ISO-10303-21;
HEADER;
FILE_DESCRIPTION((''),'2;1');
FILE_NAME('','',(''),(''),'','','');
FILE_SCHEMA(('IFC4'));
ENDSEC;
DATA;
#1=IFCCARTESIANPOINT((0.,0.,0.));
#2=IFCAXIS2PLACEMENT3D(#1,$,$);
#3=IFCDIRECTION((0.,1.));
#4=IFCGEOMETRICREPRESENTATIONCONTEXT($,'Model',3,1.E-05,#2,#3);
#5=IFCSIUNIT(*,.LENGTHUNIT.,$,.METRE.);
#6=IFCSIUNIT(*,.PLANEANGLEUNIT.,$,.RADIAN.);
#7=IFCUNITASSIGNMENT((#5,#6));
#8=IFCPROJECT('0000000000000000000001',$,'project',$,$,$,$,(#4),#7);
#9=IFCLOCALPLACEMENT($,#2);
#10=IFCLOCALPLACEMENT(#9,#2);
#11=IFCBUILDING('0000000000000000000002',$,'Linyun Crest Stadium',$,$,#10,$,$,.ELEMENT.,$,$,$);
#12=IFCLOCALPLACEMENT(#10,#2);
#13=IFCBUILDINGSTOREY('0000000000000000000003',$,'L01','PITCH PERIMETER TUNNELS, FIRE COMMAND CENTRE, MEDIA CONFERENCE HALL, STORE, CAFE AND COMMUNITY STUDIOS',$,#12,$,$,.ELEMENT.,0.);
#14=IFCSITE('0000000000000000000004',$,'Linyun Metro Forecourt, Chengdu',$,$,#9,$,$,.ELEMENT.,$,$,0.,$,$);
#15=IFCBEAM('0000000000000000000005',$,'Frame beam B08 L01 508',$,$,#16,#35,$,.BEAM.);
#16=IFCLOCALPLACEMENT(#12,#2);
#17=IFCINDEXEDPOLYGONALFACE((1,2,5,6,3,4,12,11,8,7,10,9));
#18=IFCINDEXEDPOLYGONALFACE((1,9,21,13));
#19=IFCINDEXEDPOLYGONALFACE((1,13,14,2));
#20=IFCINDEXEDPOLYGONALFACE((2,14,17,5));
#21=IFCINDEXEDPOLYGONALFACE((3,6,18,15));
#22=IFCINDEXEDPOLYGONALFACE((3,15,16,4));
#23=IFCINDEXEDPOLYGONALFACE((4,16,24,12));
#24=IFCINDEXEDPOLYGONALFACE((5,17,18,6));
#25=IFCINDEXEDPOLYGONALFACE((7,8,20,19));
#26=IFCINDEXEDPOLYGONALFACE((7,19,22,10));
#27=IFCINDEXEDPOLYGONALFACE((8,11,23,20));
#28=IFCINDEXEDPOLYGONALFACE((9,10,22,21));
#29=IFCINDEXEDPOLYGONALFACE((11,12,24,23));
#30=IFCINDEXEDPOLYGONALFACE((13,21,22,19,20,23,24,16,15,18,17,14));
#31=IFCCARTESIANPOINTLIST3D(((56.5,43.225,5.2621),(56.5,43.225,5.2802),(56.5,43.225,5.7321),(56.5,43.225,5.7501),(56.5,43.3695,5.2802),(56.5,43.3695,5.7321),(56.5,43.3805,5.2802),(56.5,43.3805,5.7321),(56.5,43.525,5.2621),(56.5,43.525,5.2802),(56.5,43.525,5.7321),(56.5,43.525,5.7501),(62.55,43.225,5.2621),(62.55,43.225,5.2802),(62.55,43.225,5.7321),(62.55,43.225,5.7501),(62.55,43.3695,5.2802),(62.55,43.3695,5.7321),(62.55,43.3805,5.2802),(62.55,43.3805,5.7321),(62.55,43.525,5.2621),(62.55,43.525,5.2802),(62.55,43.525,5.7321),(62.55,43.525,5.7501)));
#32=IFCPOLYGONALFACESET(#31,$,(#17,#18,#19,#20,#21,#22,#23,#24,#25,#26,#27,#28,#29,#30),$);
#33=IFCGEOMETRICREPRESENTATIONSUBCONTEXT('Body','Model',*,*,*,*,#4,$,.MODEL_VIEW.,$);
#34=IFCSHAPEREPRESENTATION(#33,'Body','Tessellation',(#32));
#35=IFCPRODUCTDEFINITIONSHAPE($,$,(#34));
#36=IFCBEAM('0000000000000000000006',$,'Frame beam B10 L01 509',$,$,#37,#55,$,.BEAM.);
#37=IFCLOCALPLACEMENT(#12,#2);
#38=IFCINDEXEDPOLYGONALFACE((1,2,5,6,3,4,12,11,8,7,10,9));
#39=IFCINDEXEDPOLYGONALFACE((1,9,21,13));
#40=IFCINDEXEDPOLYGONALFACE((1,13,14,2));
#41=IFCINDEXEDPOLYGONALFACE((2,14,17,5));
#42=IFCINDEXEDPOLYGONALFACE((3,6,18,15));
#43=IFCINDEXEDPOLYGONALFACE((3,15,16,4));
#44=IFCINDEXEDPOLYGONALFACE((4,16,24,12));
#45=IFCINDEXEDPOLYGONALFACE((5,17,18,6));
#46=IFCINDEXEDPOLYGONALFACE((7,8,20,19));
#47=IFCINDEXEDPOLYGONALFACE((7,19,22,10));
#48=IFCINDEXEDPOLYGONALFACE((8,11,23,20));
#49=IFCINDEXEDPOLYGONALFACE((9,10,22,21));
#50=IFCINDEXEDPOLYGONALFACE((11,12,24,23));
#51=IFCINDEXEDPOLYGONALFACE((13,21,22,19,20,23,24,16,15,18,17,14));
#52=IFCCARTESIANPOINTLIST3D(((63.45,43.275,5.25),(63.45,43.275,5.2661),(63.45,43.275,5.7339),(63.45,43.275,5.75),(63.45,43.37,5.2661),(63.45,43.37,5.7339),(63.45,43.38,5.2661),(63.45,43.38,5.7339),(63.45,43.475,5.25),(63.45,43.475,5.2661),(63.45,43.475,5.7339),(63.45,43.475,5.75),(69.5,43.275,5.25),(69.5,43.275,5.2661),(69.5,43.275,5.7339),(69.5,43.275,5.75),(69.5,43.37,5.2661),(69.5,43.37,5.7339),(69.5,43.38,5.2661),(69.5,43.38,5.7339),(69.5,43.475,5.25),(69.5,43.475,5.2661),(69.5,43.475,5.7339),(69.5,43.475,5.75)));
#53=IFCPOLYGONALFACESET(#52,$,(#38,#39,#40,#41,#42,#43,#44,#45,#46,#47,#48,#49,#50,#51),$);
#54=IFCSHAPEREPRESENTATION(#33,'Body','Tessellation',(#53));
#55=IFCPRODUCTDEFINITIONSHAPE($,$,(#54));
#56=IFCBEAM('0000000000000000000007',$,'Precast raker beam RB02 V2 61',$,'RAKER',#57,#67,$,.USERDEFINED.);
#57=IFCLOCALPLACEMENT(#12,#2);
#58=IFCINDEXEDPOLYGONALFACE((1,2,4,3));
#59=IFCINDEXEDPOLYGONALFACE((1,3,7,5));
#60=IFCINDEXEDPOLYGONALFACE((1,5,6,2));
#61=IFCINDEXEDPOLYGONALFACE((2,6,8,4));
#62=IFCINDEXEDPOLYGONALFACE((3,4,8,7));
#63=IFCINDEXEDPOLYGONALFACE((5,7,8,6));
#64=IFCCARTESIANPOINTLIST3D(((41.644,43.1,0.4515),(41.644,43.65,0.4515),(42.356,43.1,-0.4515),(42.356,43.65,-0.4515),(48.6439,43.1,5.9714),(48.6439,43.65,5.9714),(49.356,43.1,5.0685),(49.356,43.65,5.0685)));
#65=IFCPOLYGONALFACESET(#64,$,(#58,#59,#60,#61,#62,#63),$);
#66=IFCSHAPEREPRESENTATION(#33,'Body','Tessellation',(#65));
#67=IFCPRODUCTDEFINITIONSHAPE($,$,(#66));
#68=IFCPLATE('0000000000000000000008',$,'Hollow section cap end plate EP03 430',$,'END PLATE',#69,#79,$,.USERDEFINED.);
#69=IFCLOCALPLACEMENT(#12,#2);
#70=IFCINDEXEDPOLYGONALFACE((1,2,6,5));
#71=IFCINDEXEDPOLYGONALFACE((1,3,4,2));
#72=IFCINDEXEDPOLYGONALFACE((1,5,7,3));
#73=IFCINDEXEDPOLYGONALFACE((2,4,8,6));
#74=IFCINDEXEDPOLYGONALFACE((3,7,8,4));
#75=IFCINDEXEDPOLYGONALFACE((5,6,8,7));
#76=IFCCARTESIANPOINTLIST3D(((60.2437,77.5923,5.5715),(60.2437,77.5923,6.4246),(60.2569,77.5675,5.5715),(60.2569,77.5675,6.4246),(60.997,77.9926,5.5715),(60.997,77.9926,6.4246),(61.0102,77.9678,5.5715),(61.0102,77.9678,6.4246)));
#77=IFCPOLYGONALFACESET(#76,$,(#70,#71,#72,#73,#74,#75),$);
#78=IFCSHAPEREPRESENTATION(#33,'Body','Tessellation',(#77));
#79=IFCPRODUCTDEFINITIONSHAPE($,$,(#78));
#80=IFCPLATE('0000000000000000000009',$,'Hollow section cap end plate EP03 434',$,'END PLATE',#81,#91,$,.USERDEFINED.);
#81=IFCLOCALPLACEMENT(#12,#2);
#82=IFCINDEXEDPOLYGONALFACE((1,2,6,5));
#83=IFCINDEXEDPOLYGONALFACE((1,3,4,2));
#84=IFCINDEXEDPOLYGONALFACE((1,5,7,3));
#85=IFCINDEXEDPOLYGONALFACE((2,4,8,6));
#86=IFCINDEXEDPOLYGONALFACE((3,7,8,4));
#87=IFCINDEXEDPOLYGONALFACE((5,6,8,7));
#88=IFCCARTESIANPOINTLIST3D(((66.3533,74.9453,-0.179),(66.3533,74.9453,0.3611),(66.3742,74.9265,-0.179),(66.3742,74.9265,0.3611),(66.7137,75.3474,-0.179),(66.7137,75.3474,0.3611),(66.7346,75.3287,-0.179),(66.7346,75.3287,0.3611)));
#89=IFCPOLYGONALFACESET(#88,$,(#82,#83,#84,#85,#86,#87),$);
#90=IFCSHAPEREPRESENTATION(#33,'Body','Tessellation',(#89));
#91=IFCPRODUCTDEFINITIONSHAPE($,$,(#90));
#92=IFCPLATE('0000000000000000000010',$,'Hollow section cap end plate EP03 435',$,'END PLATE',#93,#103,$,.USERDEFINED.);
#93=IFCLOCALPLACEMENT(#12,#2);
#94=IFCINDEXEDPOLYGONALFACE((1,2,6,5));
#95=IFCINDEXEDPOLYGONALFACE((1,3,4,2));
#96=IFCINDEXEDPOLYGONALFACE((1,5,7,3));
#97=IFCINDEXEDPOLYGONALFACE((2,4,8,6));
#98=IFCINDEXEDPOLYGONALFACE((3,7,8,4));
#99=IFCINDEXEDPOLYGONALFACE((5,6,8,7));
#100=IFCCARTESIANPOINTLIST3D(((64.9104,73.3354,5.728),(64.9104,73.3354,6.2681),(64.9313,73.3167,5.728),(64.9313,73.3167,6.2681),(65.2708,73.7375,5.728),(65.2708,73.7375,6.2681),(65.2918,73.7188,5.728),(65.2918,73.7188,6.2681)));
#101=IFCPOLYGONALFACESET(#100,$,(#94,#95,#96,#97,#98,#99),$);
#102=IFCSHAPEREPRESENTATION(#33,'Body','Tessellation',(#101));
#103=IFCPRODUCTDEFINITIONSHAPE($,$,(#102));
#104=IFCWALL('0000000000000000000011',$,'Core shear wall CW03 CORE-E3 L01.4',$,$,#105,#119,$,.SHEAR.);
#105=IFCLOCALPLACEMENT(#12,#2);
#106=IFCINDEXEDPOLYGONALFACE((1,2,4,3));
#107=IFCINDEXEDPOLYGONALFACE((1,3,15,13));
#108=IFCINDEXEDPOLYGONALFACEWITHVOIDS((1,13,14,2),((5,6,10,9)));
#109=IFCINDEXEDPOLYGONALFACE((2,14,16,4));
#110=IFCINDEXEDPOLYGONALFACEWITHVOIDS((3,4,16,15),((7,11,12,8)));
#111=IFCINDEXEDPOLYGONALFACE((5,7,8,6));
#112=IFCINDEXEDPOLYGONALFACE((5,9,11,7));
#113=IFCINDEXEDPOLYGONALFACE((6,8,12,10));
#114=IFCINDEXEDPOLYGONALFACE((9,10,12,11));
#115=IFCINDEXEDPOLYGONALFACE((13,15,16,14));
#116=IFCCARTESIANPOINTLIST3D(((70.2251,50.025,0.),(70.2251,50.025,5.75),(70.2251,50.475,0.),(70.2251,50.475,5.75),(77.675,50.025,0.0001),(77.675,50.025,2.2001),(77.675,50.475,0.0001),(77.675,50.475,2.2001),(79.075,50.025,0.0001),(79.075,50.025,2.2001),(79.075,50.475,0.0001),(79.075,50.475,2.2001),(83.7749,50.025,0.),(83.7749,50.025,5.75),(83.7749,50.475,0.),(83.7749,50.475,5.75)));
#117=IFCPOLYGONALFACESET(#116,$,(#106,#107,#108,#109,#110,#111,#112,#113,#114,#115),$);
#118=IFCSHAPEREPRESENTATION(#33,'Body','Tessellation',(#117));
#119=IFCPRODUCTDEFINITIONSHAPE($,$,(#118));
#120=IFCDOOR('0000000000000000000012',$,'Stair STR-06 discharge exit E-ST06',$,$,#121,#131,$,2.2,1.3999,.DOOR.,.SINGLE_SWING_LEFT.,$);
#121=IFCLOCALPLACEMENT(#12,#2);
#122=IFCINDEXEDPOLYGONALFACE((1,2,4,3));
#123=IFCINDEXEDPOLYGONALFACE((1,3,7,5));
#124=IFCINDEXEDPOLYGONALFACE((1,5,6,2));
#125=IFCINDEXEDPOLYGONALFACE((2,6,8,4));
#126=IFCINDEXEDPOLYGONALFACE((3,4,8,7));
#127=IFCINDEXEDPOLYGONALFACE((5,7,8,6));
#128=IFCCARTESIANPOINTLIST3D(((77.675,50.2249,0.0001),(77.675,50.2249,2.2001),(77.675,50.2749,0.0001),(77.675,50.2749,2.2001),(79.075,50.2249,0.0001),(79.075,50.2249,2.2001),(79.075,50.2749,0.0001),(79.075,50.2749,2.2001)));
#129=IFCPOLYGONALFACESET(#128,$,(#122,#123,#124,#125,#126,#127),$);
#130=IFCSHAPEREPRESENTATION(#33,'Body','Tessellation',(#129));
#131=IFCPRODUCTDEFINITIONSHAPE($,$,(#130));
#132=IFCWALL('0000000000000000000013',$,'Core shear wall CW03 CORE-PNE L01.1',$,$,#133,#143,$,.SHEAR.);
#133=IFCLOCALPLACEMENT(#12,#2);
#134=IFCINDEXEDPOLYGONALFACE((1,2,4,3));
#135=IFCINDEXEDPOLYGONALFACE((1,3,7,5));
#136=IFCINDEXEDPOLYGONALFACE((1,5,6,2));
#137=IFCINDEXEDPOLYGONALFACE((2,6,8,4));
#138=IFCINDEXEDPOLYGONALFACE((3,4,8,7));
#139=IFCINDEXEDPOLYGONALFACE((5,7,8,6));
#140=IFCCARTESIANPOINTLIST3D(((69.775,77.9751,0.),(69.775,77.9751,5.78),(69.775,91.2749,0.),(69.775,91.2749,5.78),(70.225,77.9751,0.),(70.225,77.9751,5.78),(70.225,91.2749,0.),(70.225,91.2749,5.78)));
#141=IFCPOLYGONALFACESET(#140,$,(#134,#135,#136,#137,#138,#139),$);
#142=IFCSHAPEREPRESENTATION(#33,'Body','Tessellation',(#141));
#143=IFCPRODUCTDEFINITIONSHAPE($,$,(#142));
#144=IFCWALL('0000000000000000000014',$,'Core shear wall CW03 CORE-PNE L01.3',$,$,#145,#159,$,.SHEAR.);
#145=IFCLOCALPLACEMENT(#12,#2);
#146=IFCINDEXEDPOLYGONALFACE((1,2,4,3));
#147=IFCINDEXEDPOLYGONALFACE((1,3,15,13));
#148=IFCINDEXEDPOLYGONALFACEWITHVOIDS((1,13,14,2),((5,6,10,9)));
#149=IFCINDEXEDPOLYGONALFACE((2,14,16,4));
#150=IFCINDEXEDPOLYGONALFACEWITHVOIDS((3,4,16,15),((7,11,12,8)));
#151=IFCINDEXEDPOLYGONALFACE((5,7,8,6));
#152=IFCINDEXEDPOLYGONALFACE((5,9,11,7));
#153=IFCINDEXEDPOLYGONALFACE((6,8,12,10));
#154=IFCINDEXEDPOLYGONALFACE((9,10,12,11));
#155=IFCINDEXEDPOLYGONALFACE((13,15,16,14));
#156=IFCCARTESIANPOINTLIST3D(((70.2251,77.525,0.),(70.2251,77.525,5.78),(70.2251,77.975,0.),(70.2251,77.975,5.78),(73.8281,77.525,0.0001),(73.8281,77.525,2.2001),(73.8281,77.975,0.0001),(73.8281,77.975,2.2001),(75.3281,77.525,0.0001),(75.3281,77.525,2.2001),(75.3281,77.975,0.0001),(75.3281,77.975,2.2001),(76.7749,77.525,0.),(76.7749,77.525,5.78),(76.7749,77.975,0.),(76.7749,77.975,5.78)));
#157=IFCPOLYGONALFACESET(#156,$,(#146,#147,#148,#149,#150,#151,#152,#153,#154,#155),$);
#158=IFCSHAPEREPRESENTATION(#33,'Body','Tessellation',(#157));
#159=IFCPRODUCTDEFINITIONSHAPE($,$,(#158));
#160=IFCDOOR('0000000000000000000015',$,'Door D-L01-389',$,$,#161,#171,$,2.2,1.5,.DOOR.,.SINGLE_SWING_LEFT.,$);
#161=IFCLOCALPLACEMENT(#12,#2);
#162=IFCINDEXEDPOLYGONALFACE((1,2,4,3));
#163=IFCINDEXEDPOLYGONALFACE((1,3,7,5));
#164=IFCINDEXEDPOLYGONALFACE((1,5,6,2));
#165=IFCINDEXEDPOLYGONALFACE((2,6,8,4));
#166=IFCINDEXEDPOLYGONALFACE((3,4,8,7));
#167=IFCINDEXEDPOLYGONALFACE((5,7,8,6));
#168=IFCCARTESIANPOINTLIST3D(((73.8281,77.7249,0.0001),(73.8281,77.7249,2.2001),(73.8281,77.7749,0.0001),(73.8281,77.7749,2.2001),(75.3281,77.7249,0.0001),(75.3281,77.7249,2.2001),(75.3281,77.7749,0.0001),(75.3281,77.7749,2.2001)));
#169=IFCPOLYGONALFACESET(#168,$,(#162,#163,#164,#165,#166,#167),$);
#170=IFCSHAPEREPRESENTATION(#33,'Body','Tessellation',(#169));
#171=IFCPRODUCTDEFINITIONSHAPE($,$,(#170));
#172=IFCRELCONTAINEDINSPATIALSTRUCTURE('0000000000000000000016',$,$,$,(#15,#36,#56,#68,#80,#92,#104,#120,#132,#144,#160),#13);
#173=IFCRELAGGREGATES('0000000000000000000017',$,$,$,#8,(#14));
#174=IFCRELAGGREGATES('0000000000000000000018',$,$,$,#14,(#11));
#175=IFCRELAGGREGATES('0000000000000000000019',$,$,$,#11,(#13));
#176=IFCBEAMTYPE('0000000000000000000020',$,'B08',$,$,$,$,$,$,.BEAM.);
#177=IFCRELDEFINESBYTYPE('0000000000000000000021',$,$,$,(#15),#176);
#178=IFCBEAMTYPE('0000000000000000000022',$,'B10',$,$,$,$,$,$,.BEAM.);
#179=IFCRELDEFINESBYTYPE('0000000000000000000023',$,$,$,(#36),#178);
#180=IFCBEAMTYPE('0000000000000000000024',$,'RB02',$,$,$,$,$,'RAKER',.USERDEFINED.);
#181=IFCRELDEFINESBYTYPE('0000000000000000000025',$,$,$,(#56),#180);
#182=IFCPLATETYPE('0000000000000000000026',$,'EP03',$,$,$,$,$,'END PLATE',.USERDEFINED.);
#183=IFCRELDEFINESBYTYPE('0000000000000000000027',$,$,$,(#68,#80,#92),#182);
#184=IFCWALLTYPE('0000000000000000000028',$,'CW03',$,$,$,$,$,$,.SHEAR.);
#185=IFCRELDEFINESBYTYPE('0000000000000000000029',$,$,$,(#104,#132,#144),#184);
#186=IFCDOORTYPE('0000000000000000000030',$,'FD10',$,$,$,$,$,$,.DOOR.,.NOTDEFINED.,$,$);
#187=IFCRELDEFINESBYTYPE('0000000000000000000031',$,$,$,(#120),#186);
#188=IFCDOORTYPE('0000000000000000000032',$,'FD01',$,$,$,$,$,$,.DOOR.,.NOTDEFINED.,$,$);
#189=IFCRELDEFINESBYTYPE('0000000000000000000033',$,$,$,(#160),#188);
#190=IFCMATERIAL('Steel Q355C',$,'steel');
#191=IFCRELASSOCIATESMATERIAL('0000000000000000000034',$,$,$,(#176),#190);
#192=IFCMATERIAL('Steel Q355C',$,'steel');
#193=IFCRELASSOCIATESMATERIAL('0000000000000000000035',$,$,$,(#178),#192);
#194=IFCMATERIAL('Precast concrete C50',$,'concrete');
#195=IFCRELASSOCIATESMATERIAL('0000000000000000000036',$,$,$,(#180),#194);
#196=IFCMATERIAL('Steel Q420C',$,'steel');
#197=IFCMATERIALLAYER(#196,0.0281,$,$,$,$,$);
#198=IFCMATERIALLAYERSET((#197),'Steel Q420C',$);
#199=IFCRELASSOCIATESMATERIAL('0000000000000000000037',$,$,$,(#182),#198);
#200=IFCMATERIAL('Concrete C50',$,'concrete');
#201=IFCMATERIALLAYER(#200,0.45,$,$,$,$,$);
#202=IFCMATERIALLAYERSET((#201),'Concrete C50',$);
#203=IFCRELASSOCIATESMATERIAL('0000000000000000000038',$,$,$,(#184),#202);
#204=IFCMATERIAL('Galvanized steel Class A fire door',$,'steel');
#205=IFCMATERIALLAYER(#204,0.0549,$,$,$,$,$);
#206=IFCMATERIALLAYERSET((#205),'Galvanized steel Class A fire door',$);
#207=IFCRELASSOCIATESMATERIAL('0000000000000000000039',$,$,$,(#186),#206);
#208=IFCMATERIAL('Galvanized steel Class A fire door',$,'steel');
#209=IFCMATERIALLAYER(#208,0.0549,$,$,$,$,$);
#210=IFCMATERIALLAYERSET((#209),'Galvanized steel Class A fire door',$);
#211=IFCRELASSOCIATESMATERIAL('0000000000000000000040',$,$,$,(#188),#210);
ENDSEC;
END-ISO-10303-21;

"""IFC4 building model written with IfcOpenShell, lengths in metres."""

from ifc_helpers import new_model, si_unit, direction, frame, frame_2d, origin, origin_2d, place, context, subcontext, project, spatial, rectangle, i_section, extrude, material, layer, layer_set, material_profile, profile_set, type_object, element, fill, save


model = new_model("IFC4")

# Units and contexts
model_context = context("Model", 3, precision=1e-05, world=origin(), true_north=direction((0.0, 1.0)))
body_context = subcontext(model_context, "Body", "Model", "MODEL_VIEW")
ifc_project = project(units=[si_unit("LENGTHUNIT", "METRE"), si_unit("PLANEANGLEUNIT", "RADIAN")], contexts=[model_context])

# Site, building, storey
site_placement = place(None, origin())
site = spatial("IfcSite", under=ifc_project, at=site_placement, Name="Linyun Metro Forecourt, Chengdu", CompositionType="ELEMENT", RefElevation=0.0)
building_placement = place(site_placement, origin())
building = spatial("IfcBuilding", under=site, at=building_placement, Name="Linyun Crest Stadium", CompositionType="ELEMENT")
storey_placement = place(building_placement, origin())
storey = spatial("IfcBuildingStorey", under=building, at=storey_placement, Name="L01", Description="PITCH PERIMETER TUNNELS, FIRE COMMAND CENTRE, MEDIA CONFERENCE HALL, STORE, CAFE AND COMMUNITY STUDIOS", CompositionType="ELEMENT", Elevation=0.0)

# Beams
ifc_material_1 = material(Name="Steel Q355C", Category="steel")
ifc_material_profile_1 = material_profile(ifc_material_1, i_section(OverallWidth=0.3, OverallDepth=0.488, WebThickness=0.011, FlangeThickness=0.0181, at=origin_2d()), Name="HM 488x300")
ifc_profile_set_1 = profile_set([ifc_material_profile_1], Name="Steel Q355C")
beam_type_1 = type_object("IfcBeamType", Name="B08", PredefinedType="BEAM", material=ifc_profile_set_1)
beam_1_placement = place(storey_placement, frame((56.5, 43.375, 5.5061), z_axis=(1.0, 0.0, 0.0), x_axis=(0.0, 1.0, 0.0)))
element("IfcBeam", 1, at=beam_1_placement, inside=storey, type_object=beam_type_1, Name="Frame beam B08 L01 508", PredefinedType="BEAM", context=body_context, shape_type="SweptSolid", body=[
    extrude(i_section(OverallWidth=0.3, OverallDepth=0.488, WebThickness=0.011, FlangeThickness=0.0181, at=origin_2d()), origin(), (0.0, 0.0, 1.0), 6.05),
])
ifc_material_2 = material(Name="Steel Q355C", Category="steel")
ifc_material_profile_2 = material_profile(ifc_material_2, i_section(OverallWidth=0.2, OverallDepth=0.5, WebThickness=0.01, FlangeThickness=0.0161, at=origin_2d()), Name="HN 500x200")
ifc_profile_set_2 = profile_set([ifc_material_profile_2], Name="Steel Q355C")
beam_type_2 = type_object("IfcBeamType", Name="B10", PredefinedType="BEAM", material=ifc_profile_set_2)
beam_2_placement = place(storey_placement, frame((63.45, 43.375, 5.5), z_axis=(1.0, 0.0, 0.0), x_axis=(0.0, 1.0, 0.0)))
element("IfcBeam", 2, at=beam_2_placement, inside=storey, type_object=beam_type_2, Name="Frame beam B10 L01 509", PredefinedType="BEAM", context=body_context, shape_type="SweptSolid", body=[
    extrude(i_section(OverallWidth=0.2, OverallDepth=0.5, WebThickness=0.01, FlangeThickness=0.0161, at=origin_2d()), origin(), (0.0, 0.0, 1.0), 6.05),
])
ifc_material_3 = material(Name="Precast concrete C50", Category="concrete")
ifc_material_profile_3 = material_profile(ifc_material_3, rectangle(XDim=0.55, YDim=1.1499, at=origin_2d()), Name="PCR 1150x550")
ifc_profile_set_3 = profile_set([ifc_material_profile_3], Name="Precast concrete C50")
beam_type_3 = type_object("IfcBeamType", Name="RB02", ElementType="RAKER", PredefinedType="USERDEFINED", material=ifc_profile_set_3)
beam_3_placement = place(storey_placement, frame((42.0, 43.375, 0.0), z_axis=(0.785226, 0.0, 0.619209), x_axis=(0.0, 1.0, 0.0)))
element("IfcBeam", 3, at=beam_3_placement, inside=storey, type_object=beam_type_3, Name="Precast raker beam RB02 V2 61", ObjectType="RAKER", PredefinedType="USERDEFINED", context=body_context, shape_type="SweptSolid", body=[
    extrude(rectangle(XDim=0.55, YDim=1.1499, at=origin_2d()), origin(), (0.0, 0.0, 1.0), 8.9146),
])

# Plates
ifc_material_4 = material(Name="Steel Q420C", Category="steel")
ifc_layer_1 = layer(ifc_material_4, 0.0281)
ifc_layer_set_1 = layer_set([ifc_layer_1], Name="Steel Q420C")
plate_type = type_object("IfcPlateType", Name="EP03", ElementType="END PLATE", PredefinedType="USERDEFINED", material=ifc_layer_set_1)
plate_placement = place(storey_placement, frame((60.627, 77.78, 5.5715), z_axis=(0.0, 0.0, 1.0), x_axis=(-0.88303, -0.469317, 0.0)))
element("IfcPlate", 4, at=plate_placement, inside=storey, type_object=plate_type, Name="Hollow section cap end plate EP03 430", ObjectType="END PLATE", PredefinedType="USERDEFINED", context=body_context, shape_type="SweptSolid", body=[
    extrude(rectangle(XDim=0.853, YDim=0.0281, at=origin_2d()), origin(), (0.0, 0.0, 1.0), 0.853),
])
for number, where, z_axis, x_axis, name in (
    (5, (66.5439, 75.137, -0.179), (0.0, 0.0, 1.0), (-0.667443, -0.744661, 0.0), "Hollow section cap end plate EP03 434"),
    (6, (65.1011, 73.5271, 5.728), (0.0, 0.0, 1.0), (-0.667443, -0.744661, 0.0), "Hollow section cap end plate EP03 435"),
):
    element("IfcPlate", number, at=place(storey_placement, frame(where, z_axis=z_axis, x_axis=x_axis)), inside=storey, type_object=plate_type, Name=name, ObjectType="END PLATE", PredefinedType="USERDEFINED", context=body_context, shape_type="SweptSolid", body=[
        extrude(rectangle(XDim=0.54, YDim=0.0281, at=origin_2d()), origin(), (0.0, 0.0, 1.0), 0.54),
    ])

# Wall, opening, door
ifc_material_5 = material(Name="Concrete C50", Category="concrete")
ifc_layer_2 = layer(ifc_material_5, 0.45)
ifc_layer_set_2 = layer_set([ifc_layer_2], Name="Concrete C50")
wall_type_1 = type_object("IfcWallType", Name="CW03", PredefinedType="SHEAR", material=ifc_layer_set_2)
wall_1_placement = place(storey_placement, frame((70.2251, 50.25, 0.0), z_axis=(0.0, 0.0, 1.0), x_axis=(1.0, 0.0, 0.0)))
wall_1 = element("IfcWall", 7, at=wall_1_placement, inside=storey, type_object=wall_type_1, Name="Core shear wall CW03 CORE-E3 L01.4", PredefinedType="SHEAR", context=body_context, shape_type="SweptSolid", body=[
    extrude(rectangle(XDim=13.5498, YDim=0.45, at=frame_2d((6.7749, 0.0))), origin(), (0.0, 0.0, 1.0), 5.75),
])
opening_1_placement = place(wall_1_placement, frame((7.45, 0.0, 0.0)))
opening_1 = element("IfcOpeningElement", 8, at=opening_1_placement, cuts=wall_1, PredefinedType="OPENING", context=body_context, shape_type="SweptSolid", body=[
    extrude(rectangle(XDim=1.3999, YDim=2.2, at=frame_2d((0.7, 1.1001))), frame((0.0, 0.2349, 0.0), z_axis=(0.0, -1.0, 0.0), x_axis=(1.0, 0.0, 0.0)), (0.0, 0.0, 1.0), 0.47),
])
ifc_material_6 = material(Name="Galvanized steel Class A fire door", Category="steel")
ifc_layer_3 = layer(ifc_material_6, 0.0549)
ifc_layer_set_3 = layer_set([ifc_layer_3], Name="Galvanized steel Class A fire door")
door_type_1 = type_object("IfcDoorType", Name="FD10", OperationType="NOTDEFINED", PredefinedType="DOOR", material=ifc_layer_set_3)
door_1_placement = place(opening_1_placement, origin())
door_1 = element("IfcDoor", 9, at=door_1_placement, inside=storey, type_object=door_type_1, Name="Stair STR-06 discharge exit E-ST06", OperationType="SINGLE_SWING_LEFT", OverallHeight=2.2, OverallWidth=1.3999, PredefinedType="DOOR", context=body_context, shape_type="SweptSolid", body=[
    extrude(rectangle(XDim=1.3999, YDim=2.2, at=frame_2d((0.7, 1.1001))), frame((0.0, 0.0249, 0.0), z_axis=(0.0, -1.0, 0.0), x_axis=(1.0, 0.0, 0.0)), (0.0, 0.0, 1.0), 0.05),
])
fill(opening_1, door_1)

# Wall
wall_2_placement = place(storey_placement, frame((70.0, 77.9751, 0.0), z_axis=(0.0, 0.0, 1.0), x_axis=(0.0, 1.0, 0.0)))
element("IfcWall", 10, at=wall_2_placement, inside=storey, type_object=wall_type_1, Name="Core shear wall CW03 CORE-PNE L01.1", PredefinedType="SHEAR", context=body_context, shape_type="SweptSolid", body=[
    extrude(rectangle(XDim=13.2998, YDim=0.45, at=frame_2d((6.6499, 0.0))), origin(), (0.0, 0.0, 1.0), 5.78),
])

# Wall, opening, door
wall_3_placement = place(storey_placement, frame((70.2251, 77.75, 0.0), z_axis=(0.0, 0.0, 1.0), x_axis=(1.0, 0.0, 0.0)))
wall_3 = element("IfcWall", 11, at=wall_3_placement, inside=storey, type_object=wall_type_1, Name="Core shear wall CW03 CORE-PNE L01.3", PredefinedType="SHEAR", context=body_context, shape_type="SweptSolid", body=[
    extrude(rectangle(XDim=6.5498, YDim=0.45, at=frame_2d((3.2749, 0.0))), origin(), (0.0, 0.0, 1.0), 5.78),
])
opening_2_placement = place(wall_3_placement, frame((3.603, 0.0, 0.0)))
opening_2 = element("IfcOpeningElement", 12, at=opening_2_placement, cuts=wall_3, PredefinedType="OPENING", context=body_context, shape_type="SweptSolid", body=[
    extrude(rectangle(XDim=1.5, YDim=2.2, at=frame_2d((0.75, 1.1001))), frame((0.0, 0.2349, 0.0), z_axis=(0.0, -1.0, 0.0), x_axis=(1.0, 0.0, 0.0)), (0.0, 0.0, 1.0), 0.47),
])
ifc_material_7 = material(Name="Galvanized steel Class A fire door", Category="steel")
ifc_layer_4 = layer(ifc_material_7, 0.0549)
ifc_layer_set_4 = layer_set([ifc_layer_4], Name="Galvanized steel Class A fire door")
door_type_2 = type_object("IfcDoorType", Name="FD01", OperationType="NOTDEFINED", PredefinedType="DOOR", material=ifc_layer_set_4)
door_2_placement = place(opening_2_placement, origin())
door_2 = element("IfcDoor", 13, at=door_2_placement, inside=storey, type_object=door_type_2, Name="Door D-L01-389", OperationType="SINGLE_SWING_LEFT", OverallHeight=2.2, OverallWidth=1.5, PredefinedType="DOOR", context=body_context, shape_type="SweptSolid", body=[
    extrude(rectangle(XDim=1.5, YDim=2.2, at=frame_2d((0.75, 1.1001))), frame((0.0, 0.0249, 0.0), z_axis=(0.0, -1.0, 0.0), x_axis=(1.0, 0.0, 0.0)), (0.0, 0.0, 1.0), 0.05),
])
fill(opening_2, door_2)

save(model, "model.ifc")
